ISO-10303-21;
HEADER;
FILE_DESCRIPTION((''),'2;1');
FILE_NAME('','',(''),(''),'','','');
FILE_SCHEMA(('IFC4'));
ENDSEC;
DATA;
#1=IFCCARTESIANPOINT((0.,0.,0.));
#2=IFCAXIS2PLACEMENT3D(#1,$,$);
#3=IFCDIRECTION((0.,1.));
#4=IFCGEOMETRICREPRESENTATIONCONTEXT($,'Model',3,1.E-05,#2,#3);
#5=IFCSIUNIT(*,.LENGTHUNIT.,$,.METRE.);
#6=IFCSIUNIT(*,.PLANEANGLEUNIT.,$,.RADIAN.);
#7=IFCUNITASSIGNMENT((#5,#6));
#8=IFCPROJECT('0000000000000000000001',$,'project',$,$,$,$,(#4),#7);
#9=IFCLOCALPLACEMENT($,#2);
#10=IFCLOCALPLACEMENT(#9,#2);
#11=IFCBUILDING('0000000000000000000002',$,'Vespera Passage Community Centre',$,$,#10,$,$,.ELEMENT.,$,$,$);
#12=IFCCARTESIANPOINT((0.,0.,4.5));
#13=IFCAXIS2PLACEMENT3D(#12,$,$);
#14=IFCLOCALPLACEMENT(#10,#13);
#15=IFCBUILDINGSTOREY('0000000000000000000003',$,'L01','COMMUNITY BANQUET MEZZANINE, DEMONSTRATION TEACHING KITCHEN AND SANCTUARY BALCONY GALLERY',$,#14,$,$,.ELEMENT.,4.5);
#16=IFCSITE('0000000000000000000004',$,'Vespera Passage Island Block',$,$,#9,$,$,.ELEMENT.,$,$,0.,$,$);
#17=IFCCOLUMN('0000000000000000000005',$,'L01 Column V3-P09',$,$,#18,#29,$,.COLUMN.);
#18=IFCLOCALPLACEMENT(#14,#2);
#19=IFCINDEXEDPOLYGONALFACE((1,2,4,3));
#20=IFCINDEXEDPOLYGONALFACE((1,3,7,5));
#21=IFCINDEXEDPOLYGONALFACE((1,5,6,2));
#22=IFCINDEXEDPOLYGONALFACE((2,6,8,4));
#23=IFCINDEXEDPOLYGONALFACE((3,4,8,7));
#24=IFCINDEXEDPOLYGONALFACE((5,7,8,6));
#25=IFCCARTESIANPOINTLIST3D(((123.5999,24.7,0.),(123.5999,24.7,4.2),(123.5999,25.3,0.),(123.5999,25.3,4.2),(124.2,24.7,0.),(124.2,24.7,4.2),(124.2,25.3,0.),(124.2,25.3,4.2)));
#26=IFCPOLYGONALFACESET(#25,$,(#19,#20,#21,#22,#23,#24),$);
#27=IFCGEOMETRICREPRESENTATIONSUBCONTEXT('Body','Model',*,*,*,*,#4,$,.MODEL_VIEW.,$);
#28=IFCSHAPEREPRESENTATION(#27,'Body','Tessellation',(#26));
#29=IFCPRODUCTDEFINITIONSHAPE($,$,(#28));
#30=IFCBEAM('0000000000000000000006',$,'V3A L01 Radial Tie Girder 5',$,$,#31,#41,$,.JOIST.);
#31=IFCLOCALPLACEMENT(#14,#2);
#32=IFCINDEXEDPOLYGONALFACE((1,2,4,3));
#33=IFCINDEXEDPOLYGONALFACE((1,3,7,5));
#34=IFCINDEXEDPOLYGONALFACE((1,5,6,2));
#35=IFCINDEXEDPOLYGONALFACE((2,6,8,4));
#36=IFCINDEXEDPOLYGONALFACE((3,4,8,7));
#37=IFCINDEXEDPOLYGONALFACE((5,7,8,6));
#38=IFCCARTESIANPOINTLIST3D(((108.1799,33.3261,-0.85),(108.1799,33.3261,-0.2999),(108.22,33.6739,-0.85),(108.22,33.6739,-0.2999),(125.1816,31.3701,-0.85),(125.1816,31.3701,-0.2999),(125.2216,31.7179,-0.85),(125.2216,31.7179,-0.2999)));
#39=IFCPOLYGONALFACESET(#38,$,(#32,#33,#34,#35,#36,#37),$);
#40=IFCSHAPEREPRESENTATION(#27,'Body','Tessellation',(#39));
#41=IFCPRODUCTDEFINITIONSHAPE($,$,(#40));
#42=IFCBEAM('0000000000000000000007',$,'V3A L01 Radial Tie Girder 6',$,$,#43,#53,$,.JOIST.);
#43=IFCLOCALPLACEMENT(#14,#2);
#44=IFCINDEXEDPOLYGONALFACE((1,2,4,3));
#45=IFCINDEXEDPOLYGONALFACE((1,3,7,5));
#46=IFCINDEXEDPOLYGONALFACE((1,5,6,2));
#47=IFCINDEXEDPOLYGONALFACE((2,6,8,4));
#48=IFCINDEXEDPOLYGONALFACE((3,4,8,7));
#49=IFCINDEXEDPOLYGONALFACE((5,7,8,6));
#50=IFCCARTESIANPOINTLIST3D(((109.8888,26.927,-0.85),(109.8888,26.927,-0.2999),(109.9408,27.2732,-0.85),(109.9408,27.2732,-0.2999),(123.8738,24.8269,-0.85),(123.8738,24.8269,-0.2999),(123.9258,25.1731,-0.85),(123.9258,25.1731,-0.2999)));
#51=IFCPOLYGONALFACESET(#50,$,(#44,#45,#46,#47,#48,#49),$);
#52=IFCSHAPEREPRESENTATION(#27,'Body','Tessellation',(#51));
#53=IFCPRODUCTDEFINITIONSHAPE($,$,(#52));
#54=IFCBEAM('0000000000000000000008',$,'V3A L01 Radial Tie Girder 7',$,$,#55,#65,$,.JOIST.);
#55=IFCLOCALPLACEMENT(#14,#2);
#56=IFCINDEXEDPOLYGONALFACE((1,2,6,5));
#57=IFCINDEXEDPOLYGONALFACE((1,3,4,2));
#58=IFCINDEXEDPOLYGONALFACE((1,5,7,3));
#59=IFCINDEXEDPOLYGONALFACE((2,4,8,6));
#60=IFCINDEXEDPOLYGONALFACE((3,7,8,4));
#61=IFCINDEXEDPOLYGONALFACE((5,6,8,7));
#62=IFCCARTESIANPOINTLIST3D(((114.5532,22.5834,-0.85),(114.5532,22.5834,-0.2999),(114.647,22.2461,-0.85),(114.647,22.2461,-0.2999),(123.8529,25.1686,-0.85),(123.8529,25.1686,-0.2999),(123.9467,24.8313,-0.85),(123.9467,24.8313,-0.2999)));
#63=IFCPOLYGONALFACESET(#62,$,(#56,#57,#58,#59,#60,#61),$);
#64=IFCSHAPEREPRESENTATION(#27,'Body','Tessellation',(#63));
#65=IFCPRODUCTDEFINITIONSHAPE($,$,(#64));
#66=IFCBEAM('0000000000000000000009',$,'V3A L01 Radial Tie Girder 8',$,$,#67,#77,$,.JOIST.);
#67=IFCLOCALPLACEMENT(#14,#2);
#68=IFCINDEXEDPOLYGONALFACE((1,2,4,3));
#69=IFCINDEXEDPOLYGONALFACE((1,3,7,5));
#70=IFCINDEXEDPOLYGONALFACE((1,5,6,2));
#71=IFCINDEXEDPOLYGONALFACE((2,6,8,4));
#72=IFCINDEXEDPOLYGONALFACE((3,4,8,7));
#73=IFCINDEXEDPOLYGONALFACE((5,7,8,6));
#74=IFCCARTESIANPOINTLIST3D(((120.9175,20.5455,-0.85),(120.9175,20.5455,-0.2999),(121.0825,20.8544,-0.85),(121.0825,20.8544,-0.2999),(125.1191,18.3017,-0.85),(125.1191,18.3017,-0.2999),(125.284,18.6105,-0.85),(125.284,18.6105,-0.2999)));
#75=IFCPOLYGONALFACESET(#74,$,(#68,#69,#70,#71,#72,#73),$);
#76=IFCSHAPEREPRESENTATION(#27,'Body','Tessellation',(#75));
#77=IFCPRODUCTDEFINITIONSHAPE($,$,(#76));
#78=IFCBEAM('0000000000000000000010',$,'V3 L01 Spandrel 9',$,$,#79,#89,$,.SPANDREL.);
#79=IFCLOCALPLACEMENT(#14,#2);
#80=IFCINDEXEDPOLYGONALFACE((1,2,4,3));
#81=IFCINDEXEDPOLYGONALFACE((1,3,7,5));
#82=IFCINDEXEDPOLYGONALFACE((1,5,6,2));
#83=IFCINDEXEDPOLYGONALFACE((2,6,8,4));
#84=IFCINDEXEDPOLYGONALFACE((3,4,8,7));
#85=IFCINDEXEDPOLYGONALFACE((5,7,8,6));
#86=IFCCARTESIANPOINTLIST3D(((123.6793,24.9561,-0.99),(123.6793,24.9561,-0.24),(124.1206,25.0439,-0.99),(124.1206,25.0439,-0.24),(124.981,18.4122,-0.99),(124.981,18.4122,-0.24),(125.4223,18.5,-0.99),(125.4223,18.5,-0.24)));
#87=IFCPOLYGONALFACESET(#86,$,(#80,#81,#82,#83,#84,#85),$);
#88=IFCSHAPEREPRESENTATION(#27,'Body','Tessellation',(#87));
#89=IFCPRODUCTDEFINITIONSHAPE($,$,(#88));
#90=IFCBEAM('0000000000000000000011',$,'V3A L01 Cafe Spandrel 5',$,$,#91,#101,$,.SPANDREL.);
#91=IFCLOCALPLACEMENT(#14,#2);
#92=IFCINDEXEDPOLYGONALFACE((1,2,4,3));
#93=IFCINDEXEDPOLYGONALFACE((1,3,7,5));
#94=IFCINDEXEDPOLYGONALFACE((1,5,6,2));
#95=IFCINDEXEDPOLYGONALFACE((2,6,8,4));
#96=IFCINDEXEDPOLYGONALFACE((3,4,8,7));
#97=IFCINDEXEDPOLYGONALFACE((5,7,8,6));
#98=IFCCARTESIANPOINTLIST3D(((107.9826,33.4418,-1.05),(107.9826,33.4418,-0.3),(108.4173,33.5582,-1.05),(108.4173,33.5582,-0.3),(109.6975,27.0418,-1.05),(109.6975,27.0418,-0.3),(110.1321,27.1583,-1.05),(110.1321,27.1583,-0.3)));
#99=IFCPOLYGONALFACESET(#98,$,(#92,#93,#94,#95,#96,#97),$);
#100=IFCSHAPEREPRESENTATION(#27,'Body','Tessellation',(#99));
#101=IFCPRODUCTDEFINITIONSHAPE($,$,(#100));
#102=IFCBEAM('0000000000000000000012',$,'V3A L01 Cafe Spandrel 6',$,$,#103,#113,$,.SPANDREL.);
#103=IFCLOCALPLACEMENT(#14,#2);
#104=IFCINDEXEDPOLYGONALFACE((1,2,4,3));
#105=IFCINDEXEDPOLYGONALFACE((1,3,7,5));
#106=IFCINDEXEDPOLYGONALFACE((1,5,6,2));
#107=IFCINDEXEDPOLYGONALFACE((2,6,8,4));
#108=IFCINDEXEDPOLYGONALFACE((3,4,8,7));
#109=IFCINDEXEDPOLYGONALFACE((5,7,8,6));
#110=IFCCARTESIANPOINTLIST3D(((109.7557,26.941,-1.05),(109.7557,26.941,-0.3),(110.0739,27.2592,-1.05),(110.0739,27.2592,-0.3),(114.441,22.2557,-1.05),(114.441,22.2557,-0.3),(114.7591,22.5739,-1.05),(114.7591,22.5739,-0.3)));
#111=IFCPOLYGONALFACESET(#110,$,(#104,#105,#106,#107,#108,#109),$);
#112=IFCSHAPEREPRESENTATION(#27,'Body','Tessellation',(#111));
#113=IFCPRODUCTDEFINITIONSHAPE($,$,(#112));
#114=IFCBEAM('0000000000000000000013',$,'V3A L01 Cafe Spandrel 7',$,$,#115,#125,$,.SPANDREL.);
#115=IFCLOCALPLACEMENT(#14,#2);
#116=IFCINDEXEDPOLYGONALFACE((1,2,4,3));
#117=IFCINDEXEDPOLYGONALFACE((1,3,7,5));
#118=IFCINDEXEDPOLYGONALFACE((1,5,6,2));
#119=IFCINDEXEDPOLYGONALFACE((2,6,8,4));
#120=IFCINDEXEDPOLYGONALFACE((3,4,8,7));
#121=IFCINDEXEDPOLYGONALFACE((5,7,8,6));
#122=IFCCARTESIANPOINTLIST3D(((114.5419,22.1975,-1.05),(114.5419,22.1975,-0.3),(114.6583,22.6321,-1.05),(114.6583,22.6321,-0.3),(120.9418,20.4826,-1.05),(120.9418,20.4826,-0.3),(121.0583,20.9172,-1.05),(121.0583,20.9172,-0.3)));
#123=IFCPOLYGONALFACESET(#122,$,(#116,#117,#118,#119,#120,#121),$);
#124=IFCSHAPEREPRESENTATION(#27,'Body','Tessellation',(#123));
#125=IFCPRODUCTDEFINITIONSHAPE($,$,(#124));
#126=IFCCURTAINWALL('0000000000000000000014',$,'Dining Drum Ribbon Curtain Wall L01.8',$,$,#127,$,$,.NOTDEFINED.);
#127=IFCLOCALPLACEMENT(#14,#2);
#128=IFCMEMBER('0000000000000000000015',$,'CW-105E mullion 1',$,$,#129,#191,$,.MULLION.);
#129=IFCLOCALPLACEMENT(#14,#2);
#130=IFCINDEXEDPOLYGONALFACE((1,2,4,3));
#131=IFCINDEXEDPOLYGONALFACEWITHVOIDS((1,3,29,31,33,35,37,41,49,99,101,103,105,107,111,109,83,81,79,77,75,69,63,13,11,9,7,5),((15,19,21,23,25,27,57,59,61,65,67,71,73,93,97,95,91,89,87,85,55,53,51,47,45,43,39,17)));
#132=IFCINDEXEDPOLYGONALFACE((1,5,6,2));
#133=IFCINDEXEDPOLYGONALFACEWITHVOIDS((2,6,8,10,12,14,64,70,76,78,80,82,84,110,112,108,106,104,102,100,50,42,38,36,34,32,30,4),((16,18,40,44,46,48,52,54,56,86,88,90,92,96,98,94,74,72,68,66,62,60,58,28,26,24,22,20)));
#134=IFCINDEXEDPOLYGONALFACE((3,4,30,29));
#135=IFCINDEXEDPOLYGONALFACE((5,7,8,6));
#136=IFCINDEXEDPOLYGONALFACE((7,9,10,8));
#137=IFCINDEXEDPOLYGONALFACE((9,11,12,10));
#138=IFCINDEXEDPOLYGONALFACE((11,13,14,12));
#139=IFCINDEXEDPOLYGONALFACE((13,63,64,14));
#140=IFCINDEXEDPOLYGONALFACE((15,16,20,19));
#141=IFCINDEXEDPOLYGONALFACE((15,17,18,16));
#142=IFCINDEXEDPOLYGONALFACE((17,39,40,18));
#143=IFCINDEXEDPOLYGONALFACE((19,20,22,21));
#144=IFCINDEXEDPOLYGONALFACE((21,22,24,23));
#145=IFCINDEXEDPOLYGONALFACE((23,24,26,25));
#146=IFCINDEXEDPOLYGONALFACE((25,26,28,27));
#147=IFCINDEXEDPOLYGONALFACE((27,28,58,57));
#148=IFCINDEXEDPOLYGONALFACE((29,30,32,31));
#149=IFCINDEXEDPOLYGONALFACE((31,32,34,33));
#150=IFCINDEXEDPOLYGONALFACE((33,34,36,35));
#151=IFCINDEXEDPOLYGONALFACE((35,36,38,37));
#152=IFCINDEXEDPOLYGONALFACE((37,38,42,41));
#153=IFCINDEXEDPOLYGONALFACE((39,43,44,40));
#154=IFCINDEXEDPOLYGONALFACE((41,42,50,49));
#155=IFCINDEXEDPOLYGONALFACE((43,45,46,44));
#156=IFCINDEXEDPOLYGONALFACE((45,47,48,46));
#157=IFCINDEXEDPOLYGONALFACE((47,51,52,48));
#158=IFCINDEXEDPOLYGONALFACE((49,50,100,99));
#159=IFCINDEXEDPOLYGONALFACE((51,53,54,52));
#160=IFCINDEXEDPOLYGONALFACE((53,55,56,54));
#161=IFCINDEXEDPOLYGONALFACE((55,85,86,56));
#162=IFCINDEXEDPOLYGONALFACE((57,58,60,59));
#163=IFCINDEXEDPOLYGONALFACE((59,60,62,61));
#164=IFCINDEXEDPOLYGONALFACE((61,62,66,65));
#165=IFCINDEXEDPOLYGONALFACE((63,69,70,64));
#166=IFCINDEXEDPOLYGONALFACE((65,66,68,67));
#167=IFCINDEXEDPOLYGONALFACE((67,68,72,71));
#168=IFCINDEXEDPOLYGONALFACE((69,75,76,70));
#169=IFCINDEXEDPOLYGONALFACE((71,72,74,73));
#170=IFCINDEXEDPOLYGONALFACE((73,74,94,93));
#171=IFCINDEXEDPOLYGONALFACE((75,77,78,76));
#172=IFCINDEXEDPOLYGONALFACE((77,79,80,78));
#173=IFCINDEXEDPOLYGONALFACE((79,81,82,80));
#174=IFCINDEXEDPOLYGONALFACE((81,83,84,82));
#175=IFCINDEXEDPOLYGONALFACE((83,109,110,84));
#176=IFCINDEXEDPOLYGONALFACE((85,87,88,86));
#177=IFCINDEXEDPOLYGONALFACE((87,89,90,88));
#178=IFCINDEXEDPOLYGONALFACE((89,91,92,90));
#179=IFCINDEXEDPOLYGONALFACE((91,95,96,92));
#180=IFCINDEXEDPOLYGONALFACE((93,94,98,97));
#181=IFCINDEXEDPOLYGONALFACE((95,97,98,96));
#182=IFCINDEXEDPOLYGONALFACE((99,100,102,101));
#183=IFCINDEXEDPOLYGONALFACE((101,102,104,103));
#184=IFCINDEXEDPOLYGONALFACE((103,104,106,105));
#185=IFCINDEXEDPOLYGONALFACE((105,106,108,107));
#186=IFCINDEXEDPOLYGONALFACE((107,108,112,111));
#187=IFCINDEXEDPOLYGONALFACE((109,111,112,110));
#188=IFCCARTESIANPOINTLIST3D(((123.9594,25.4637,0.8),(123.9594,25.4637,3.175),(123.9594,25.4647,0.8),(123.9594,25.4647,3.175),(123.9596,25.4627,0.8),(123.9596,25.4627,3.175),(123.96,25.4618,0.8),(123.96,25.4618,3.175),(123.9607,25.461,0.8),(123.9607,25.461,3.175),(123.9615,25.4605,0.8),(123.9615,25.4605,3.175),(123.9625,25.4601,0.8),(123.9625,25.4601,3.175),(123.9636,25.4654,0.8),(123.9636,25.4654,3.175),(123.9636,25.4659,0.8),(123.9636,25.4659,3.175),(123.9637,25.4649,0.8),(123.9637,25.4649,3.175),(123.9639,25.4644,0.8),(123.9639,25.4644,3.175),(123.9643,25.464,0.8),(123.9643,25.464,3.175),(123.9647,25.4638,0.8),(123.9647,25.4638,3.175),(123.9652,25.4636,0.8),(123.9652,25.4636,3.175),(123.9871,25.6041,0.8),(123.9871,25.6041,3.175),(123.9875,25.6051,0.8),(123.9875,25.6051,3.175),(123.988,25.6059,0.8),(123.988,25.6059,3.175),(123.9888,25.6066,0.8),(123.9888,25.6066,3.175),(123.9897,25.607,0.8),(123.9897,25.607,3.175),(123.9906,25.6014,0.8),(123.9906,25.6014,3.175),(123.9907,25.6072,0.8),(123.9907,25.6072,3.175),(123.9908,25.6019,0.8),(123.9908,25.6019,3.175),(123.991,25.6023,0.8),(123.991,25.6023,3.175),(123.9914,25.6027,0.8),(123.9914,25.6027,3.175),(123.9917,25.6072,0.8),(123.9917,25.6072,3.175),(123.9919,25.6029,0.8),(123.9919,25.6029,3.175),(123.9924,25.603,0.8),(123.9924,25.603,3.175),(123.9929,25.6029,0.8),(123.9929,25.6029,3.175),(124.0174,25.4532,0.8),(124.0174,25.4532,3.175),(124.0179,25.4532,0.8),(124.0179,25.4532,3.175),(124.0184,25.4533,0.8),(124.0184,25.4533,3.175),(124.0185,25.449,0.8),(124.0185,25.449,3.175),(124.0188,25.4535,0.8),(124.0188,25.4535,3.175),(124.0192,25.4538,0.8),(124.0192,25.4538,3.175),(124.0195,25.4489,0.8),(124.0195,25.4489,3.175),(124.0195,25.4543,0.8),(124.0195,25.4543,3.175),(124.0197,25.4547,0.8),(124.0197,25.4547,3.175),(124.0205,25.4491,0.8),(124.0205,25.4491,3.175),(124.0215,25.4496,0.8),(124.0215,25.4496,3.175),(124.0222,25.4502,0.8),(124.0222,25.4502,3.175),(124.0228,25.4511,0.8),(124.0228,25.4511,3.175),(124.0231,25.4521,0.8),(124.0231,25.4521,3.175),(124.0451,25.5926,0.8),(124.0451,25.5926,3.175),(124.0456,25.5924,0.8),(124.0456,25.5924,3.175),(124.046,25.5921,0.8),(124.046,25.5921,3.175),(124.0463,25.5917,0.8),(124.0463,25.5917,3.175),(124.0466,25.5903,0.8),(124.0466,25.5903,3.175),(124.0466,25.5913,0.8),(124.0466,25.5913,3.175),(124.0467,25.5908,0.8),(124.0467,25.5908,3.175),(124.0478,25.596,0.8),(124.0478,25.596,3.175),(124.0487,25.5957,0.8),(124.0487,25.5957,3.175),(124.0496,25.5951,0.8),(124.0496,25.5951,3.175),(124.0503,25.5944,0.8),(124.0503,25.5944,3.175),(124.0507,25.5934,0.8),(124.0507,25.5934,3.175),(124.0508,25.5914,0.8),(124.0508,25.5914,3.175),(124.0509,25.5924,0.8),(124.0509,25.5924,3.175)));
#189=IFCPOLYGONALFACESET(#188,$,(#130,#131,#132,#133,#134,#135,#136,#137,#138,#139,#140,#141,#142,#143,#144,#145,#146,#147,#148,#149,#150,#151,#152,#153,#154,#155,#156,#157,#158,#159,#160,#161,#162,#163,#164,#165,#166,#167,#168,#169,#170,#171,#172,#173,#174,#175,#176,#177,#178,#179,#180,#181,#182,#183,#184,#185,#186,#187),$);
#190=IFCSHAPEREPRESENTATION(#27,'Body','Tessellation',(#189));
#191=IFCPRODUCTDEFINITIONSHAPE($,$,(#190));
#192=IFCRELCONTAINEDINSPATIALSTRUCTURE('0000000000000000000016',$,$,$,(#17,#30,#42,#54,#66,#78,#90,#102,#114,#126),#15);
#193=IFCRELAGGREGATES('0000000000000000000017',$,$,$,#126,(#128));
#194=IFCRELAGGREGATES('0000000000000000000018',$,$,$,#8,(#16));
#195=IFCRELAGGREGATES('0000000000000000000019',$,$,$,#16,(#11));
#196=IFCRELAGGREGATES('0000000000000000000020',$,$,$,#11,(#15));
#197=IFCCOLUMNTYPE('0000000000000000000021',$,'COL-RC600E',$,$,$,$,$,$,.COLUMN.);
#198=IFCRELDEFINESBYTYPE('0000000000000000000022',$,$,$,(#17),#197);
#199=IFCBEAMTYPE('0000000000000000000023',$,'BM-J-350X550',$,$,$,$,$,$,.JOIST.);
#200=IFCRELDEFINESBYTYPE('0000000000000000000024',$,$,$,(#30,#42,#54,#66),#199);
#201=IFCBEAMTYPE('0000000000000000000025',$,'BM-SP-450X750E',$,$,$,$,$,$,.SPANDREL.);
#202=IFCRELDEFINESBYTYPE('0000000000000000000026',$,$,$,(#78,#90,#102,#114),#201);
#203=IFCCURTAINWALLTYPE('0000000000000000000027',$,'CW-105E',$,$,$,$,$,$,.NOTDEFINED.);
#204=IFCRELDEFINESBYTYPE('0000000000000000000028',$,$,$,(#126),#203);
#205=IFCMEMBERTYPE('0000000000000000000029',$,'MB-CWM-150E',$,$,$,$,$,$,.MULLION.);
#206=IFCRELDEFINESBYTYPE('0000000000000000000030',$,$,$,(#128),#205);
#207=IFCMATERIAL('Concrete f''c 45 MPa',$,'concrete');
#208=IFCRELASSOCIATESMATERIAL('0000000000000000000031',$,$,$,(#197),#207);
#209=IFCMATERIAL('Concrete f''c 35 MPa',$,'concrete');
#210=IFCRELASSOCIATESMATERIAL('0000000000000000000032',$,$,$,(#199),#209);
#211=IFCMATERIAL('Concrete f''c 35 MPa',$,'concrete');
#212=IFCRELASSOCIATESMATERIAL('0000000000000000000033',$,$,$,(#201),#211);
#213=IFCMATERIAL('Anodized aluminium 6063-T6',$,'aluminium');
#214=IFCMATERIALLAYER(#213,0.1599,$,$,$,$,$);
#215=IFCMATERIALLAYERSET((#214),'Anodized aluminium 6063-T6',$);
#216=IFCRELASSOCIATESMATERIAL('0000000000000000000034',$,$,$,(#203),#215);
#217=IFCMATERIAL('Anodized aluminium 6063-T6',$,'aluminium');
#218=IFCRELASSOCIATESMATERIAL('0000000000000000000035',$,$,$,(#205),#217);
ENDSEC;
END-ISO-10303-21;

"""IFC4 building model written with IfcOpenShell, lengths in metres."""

from ifc_helpers import new_model, si_unit, direction, frame, origin, origin_2d, place, context, subcontext, project, spatial, rectangle, hollow_rectangle, extrude, material, layer, layer_set, material_profile, profile_set, type_object, element, aggregate, save


model = new_model("IFC4")

# Units and contexts
model_context = context("Model", 3, precision=1e-05, world=origin(), true_north=direction((0.0, 1.0)))
body_context = subcontext(model_context, "Body", "Model", "MODEL_VIEW")
ifc_project = project(units=[si_unit("LENGTHUNIT", "METRE"), si_unit("PLANEANGLEUNIT", "RADIAN")], contexts=[model_context])

# Site, building, storey
site_placement = place(None, origin())
site = spatial("IfcSite", under=ifc_project, at=site_placement, Name="Vespera Passage Island Block", CompositionType="ELEMENT", RefElevation=0.0)
building_placement = place(site_placement, origin())
building = spatial("IfcBuilding", under=site, at=building_placement, Name="Vespera Passage Community Centre", CompositionType="ELEMENT")
storey_placement = place(building_placement, frame((0.0, 0.0, 4.5)))
storey = spatial("IfcBuildingStorey", under=building, at=storey_placement, Name="L01", Description="COMMUNITY BANQUET MEZZANINE, DEMONSTRATION TEACHING KITCHEN AND SANCTUARY BALCONY GALLERY", CompositionType="ELEMENT", Elevation=4.5)

# Column
ifc_material_1 = material(Name="Concrete f'c 45 MPa", Category="concrete")
ifc_material_profile_1 = material_profile(ifc_material_1, rectangle(XDim=0.6001, YDim=0.6001, at=origin_2d()), Name="RC600X600")
ifc_profile_set_1 = profile_set([ifc_material_profile_1], Name="Concrete f'c 45 MPa")
column_type = type_object("IfcColumnType", Name="COL-RC600E", PredefinedType="COLUMN", material=ifc_profile_set_1)
column_placement = place(storey_placement, frame((123.8999, 25.0, 0.0), z_axis=(0.0, 0.0, 1.0), x_axis=(1.0, 0.0, 0.0)))
element("IfcColumn", 1, at=column_placement, inside=storey, type_object=column_type, Name="L01 Column V3-P09", PredefinedType="COLUMN", context=body_context, shape_type="SweptSolid", body=[
    extrude(rectangle(XDim=0.6001, YDim=0.6001, at=origin_2d()), origin(), (0.0, 0.0, 1.0), 4.2),
])

# Beams
ifc_material_2 = material(Name="Concrete f'c 35 MPa", Category="concrete")
ifc_material_profile_2 = material_profile(ifc_material_2, rectangle(XDim=0.3501, YDim=0.55, at=origin_2d()), Name="RC350X550")
ifc_profile_set_2 = profile_set([ifc_material_profile_2], Name="Concrete f'c 35 MPa")
beam_type_1 = type_object("IfcBeamType", Name="BM-J-350X550", PredefinedType="JOIST", material=ifc_profile_set_2)
beam_1_placement = place(storey_placement, frame((108.2, 33.5, -0.575), z_axis=(0.993447, -0.114297, 0.0), x_axis=(0.114297, 0.993447, 0.0)))
element("IfcBeam", 2, at=beam_1_placement, inside=storey, type_object=beam_type_1, Name="V3A L01 Radial Tie Girder 5", PredefinedType="JOIST", context=body_context, shape_type="SweptSolid", body=[
    extrude(rectangle(XDim=0.3501, YDim=0.55, at=origin_2d()), origin(), (0.0, 0.0, 1.0), 17.1138),
])
beam_2_placement = place(storey_placement, frame((109.9148, 27.1001, -0.575), z_axis=(0.988912, -0.148502, 0.0), x_axis=(0.148502, 0.988912, 0.0)))
element("IfcBeam", 3, at=beam_2_placement, inside=storey, type_object=beam_type_1, Name="V3A L01 Radial Tie Girder 6", PredefinedType="JOIST", context=body_context, shape_type="SweptSolid", body=[
    extrude(rectangle(XDim=0.3501, YDim=0.55, at=origin_2d()), origin(), (0.0, 0.0, 1.0), 14.1418),
])
beam_3_placement = place(storey_placement, frame((114.6001, 22.4148, -0.575), z_axis=(0.963466, 0.267829, 0.0), x_axis=(-0.267829, 0.963466, 0.0)))
element("IfcBeam", 4, at=beam_3_placement, inside=storey, type_object=beam_type_1, Name="V3A L01 Radial Tie Girder 7", PredefinedType="JOIST", context=body_context, shape_type="SweptSolid", body=[
    extrude(rectangle(XDim=0.3501, YDim=0.55, at=origin_2d()), origin(), (0.0, 0.0, 1.0), 9.6523),
])
beam_4_placement = place(storey_placement, frame((121.0, 20.7, -0.575), z_axis=(0.88209, -0.47108, 0.0), x_axis=(0.47108, 0.88209, 0.0)))
element("IfcBeam", 5, at=beam_4_placement, inside=storey, type_object=beam_type_1, Name="V3A L01 Radial Tie Girder 8", PredefinedType="JOIST", context=body_context, shape_type="SweptSolid", body=[
    extrude(rectangle(XDim=0.3501, YDim=0.55, at=origin_2d()), origin(), (0.0, 0.0, 1.0), 4.7632),
])
ifc_material_3 = material(Name="Concrete f'c 35 MPa", Category="concrete")
ifc_material_profile_3 = material_profile(ifc_material_3, rectangle(XDim=0.45, YDim=0.75, at=origin_2d()), Name="RC450X750")
ifc_profile_set_3 = profile_set([ifc_material_profile_3], Name="Concrete f'c 35 MPa")
beam_type_2 = type_object("IfcBeamType", Name="BM-SP-450X750E", PredefinedType="SPANDREL", material=ifc_profile_set_3)
beam_5_placement = place(storey_placement, frame((123.8999, 25.0, -0.615), z_axis=(0.195103, -0.980783, 0.0), x_axis=(0.980783, 0.195103, 0.0)))
element("IfcBeam", 6, at=beam_5_placement, inside=storey, type_object=beam_type_2, Name="V3 L01 Spandrel 9", PredefinedType="SPANDREL", context=body_context, shape_type="SweptSolid", body=[
    extrude(rectangle(XDim=0.45, YDim=0.75, at=origin_2d()), origin(), (0.0, 0.0, 1.0), 6.6721),
])
beam_6_placement = place(storey_placement, frame((108.2, 33.5, -0.675), z_axis=(0.258818, -0.965926, 0.0), x_axis=(0.965926, 0.258818, 0.0)))
element("IfcBeam", 7, at=beam_6_placement, inside=storey, type_object=beam_type_2, Name="V3A L01 Cafe Spandrel 5", PredefinedType="SPANDREL", context=body_context, shape_type="SweptSolid", body=[
    extrude(rectangle(XDim=0.45, YDim=0.75, at=origin_2d()), origin(), (0.0, 0.0, 1.0), 6.6257),
])
beam_7_placement = place(storey_placement, frame((109.9148, 27.1001, -0.675), z_axis=(0.707107, -0.707107, 0.0), x_axis=(0.707107, 0.707107, 0.0)))
element("IfcBeam", 8, at=beam_7_placement, inside=storey, type_object=beam_type_2, Name="V3A L01 Cafe Spandrel 6", PredefinedType="SPANDREL", context=body_context, shape_type="SweptSolid", body=[
    extrude(rectangle(XDim=0.45, YDim=0.75, at=origin_2d()), origin(), (0.0, 0.0, 1.0), 6.626),
])
beam_8_placement = place(storey_placement, frame((114.6001, 22.4148, -0.675), z_axis=(0.965926, -0.258818, 0.0), x_axis=(0.258818, 0.965926, 0.0)))
element("IfcBeam", 9, at=beam_8_placement, inside=storey, type_object=beam_type_2, Name="V3A L01 Cafe Spandrel 7", PredefinedType="SPANDREL", context=body_context, shape_type="SweptSolid", body=[
    extrude(rectangle(XDim=0.45, YDim=0.75, at=origin_2d()), origin(), (0.0, 0.0, 1.0), 6.6257),
])

# Curtain wall, member
ifc_material_4 = material(Name="Anodized aluminium 6063-T6", Category="aluminium")
ifc_layer_1 = layer(ifc_material_4, 0.1599)
ifc_layer_set_1 = layer_set([ifc_layer_1], Name="Anodized aluminium 6063-T6")
curtain_wall_type = type_object("IfcCurtainWallType", Name="CW-105E", PredefinedType="NOTDEFINED", material=ifc_layer_set_1)
curtain_wall_1_placement = place(storey_placement, origin())
curtain_wall_1 = element("IfcCurtainWall", 10, at=curtain_wall_1_placement, inside=storey, type_object=curtain_wall_type, Name="Dining Drum Ribbon Curtain Wall L01.8", PredefinedType="NOTDEFINED")
ifc_material_5 = material(Name="Anodized aluminium 6063-T6", Category="aluminium")
ifc_material_profile_4 = material_profile(ifc_material_5, hollow_rectangle(XDim=0.0649, YDim=0.1499, WallThickness=0.0039, InnerFilletRadius=0.002, OuterFilletRadius=0.0039, at=origin_2d()), Name="ALU150X65X4")
ifc_profile_set_4 = profile_set([ifc_material_profile_4], Name="Anodized aluminium 6063-T6")
member_type_1 = type_object("IfcMemberType", Name="MB-CWM-150E", PredefinedType="MULLION", material=ifc_profile_set_4)
member_1_placement = place(storey_placement, frame((124.0051, 25.5281, 0.8), z_axis=(0.0, 0.0, 1.0), x_axis=(-0.980784, 0.195097, 0.0)))
member_1 = element("IfcMember", 11, at=member_1_placement, type_object=member_type_1, Name="CW-105E mullion 1", PredefinedType="MULLION", context=body_context, shape_type="SweptSolid", body=[
    extrude(hollow_rectangle(XDim=0.0649, YDim=0.1499, WallThickness=0.0039, InnerFilletRadius=0.002, OuterFilletRadius=0.0039, at=origin_2d()), origin(), (0.0, 0.0, 1.0), 2.375),
])

aggregate(curtain_wall_1, [member_1])

save(model, "model.ifc")
